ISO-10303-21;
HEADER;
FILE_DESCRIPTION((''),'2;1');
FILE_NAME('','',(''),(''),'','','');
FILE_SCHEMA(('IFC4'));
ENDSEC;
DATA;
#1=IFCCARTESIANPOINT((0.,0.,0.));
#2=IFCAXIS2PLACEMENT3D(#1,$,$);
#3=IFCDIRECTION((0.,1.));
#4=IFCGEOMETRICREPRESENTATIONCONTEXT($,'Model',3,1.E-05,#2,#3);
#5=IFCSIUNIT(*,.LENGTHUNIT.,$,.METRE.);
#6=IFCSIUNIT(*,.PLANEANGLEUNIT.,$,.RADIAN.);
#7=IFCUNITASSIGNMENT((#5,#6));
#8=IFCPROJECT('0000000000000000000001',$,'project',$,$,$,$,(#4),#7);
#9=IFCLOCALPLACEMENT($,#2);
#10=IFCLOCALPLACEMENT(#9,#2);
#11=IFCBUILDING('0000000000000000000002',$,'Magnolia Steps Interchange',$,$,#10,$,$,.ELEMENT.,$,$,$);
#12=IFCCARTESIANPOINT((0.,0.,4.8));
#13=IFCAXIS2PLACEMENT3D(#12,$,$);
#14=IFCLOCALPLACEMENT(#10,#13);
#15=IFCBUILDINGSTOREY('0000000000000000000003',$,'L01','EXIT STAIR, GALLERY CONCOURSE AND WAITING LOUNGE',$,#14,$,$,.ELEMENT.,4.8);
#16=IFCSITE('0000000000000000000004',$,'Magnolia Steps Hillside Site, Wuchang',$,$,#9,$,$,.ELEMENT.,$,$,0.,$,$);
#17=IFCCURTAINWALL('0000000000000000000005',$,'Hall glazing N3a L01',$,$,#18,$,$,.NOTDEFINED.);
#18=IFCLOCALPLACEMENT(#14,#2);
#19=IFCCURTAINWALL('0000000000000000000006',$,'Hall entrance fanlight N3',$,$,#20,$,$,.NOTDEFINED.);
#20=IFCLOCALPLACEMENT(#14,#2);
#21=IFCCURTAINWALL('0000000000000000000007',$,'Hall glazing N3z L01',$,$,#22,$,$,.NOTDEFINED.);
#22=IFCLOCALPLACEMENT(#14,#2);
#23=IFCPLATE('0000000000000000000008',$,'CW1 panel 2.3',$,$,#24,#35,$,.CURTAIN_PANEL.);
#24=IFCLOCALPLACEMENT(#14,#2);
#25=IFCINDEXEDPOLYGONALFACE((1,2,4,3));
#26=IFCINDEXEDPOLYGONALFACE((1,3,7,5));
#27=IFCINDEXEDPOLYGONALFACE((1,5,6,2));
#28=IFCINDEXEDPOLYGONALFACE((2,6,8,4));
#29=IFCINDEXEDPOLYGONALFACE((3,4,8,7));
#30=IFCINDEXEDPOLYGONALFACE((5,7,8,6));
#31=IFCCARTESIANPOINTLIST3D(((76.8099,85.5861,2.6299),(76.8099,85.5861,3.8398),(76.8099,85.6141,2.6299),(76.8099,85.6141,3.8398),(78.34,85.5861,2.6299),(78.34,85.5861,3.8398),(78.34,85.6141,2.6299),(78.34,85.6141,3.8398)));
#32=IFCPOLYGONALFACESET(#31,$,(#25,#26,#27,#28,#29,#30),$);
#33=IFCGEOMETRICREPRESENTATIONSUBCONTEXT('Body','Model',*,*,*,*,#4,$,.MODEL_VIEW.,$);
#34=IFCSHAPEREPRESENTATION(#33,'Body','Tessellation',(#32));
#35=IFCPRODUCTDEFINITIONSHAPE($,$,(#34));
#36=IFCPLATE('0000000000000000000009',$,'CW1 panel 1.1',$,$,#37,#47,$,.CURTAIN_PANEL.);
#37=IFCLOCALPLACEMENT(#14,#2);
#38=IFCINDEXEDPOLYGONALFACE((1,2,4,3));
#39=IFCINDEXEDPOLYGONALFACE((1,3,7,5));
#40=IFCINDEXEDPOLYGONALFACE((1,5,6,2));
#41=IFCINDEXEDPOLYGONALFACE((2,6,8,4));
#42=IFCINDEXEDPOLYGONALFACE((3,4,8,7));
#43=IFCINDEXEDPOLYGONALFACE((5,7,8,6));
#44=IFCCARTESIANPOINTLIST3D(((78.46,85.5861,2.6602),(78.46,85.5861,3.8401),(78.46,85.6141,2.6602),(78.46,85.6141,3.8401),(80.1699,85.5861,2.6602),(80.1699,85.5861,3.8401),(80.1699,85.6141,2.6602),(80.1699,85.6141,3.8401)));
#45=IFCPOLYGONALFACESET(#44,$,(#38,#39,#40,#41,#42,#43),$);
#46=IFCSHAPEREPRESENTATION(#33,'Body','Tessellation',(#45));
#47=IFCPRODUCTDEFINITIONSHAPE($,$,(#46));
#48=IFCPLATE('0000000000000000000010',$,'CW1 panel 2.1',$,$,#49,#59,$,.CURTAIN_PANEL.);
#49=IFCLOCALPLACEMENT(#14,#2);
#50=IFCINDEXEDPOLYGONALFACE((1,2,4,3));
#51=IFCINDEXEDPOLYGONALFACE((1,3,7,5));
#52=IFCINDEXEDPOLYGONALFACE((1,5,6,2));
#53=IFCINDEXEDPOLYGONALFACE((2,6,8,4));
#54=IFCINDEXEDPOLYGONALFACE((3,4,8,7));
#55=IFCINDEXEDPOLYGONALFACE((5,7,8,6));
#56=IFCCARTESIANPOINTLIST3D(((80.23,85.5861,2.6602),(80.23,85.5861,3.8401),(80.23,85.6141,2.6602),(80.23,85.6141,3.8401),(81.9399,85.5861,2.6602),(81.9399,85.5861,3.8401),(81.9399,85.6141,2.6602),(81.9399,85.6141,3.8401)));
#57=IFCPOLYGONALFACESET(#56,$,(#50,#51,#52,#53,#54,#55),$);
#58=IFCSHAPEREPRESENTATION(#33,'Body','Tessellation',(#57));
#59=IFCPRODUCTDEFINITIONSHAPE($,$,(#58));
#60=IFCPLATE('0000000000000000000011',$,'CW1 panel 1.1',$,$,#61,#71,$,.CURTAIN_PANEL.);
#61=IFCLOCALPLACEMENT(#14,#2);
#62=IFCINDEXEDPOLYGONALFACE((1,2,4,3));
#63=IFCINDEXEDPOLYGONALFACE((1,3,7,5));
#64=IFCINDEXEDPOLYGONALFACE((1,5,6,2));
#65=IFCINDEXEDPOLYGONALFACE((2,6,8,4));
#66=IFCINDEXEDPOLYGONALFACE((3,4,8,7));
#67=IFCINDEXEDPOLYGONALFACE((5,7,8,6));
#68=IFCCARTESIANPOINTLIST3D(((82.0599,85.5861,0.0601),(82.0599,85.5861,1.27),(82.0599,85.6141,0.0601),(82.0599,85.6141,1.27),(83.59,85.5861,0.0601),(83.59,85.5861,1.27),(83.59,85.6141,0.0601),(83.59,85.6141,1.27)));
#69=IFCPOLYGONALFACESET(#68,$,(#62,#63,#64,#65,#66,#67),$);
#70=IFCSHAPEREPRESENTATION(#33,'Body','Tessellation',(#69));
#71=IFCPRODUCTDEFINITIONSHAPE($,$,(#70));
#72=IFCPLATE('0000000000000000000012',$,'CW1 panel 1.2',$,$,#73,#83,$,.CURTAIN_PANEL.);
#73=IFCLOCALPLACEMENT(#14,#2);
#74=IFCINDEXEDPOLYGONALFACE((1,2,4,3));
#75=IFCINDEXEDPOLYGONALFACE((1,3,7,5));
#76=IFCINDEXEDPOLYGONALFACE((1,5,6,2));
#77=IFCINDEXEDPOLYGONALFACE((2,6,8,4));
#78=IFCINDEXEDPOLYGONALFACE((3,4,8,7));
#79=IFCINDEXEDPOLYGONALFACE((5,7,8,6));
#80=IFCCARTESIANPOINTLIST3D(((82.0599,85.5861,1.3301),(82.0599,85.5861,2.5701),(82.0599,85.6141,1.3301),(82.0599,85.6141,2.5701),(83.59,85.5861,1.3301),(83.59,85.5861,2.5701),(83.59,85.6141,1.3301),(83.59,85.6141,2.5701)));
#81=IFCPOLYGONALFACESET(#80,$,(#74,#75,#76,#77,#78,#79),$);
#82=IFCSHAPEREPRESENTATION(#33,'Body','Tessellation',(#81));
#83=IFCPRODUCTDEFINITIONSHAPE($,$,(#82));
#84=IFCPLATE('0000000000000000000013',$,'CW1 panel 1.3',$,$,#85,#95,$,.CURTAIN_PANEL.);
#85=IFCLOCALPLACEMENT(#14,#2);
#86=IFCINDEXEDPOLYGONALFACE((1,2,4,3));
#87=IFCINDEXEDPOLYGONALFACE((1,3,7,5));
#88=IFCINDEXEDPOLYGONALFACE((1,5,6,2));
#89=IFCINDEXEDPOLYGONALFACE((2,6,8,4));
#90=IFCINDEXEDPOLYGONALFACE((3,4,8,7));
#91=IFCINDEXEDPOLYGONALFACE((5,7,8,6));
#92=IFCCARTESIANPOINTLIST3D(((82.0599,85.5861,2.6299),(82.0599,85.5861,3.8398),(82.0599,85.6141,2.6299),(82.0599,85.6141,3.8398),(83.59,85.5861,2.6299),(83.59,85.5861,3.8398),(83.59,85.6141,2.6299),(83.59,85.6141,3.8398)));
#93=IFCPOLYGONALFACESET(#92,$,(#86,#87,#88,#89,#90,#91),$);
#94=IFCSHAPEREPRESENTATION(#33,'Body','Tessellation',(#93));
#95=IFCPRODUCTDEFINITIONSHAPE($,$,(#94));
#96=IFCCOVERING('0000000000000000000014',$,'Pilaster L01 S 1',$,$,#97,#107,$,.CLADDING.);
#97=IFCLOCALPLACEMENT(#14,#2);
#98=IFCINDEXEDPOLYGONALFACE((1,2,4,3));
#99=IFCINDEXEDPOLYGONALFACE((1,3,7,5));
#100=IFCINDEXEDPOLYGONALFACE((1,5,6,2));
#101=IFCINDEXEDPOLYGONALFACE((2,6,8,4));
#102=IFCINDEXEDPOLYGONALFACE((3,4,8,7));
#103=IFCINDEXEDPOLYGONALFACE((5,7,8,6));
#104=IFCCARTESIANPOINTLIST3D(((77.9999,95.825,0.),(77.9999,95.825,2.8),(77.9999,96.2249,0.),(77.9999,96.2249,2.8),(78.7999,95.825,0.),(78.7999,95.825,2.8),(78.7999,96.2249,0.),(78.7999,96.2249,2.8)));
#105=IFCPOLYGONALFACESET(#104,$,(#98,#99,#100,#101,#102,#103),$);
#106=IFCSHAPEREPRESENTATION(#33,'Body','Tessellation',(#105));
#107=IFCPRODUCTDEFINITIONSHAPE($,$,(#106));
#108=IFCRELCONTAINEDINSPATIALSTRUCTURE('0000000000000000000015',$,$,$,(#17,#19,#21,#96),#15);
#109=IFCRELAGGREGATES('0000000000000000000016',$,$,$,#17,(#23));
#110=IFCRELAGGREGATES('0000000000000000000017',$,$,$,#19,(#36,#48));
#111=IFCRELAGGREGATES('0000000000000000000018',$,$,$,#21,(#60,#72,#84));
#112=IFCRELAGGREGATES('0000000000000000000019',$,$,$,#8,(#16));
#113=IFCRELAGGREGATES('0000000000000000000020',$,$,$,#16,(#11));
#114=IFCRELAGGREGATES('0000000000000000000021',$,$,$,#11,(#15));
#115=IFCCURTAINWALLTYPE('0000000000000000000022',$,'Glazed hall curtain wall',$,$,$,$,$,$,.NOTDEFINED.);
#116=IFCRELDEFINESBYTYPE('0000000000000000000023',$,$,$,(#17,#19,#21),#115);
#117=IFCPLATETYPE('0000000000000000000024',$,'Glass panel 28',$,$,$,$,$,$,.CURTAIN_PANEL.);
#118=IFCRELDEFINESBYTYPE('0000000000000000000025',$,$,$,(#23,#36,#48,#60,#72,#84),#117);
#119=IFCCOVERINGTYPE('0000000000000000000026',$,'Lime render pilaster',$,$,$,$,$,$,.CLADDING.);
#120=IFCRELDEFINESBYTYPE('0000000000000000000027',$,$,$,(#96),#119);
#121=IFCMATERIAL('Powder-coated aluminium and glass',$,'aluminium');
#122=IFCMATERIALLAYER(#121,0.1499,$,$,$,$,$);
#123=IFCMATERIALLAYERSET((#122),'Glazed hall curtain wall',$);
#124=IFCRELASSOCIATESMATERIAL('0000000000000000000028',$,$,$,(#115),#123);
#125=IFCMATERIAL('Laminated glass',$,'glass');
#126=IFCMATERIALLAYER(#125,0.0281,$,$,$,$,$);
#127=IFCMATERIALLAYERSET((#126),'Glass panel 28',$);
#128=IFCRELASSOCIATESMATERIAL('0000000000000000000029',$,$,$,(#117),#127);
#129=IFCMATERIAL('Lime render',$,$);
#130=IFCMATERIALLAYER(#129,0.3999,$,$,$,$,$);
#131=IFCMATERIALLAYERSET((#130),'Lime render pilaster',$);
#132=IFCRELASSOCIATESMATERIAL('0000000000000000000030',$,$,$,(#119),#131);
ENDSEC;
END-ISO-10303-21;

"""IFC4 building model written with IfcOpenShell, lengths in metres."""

from ifc_helpers import new_model, si_unit, direction, frame, origin, origin_2d, place, context, subcontext, project, spatial, rectangle, extrude, material, layer, layer_set, type_object, element, aggregate, save


model = new_model("IFC4")

# Units and contexts
model_context = context("Model", 3, precision=1e-05, world=origin(), true_north=direction((0.0, 1.0)))
body_context = subcontext(model_context, "Body", "Model", "MODEL_VIEW")
ifc_project = project(units=[si_unit("LENGTHUNIT", "METRE"), si_unit("PLANEANGLEUNIT", "RADIAN")], contexts=[model_context])

# Site, building, storey
site_placement = place(None, origin())
site = spatial("IfcSite", under=ifc_project, at=site_placement, Name="Magnolia Steps Hillside Site, Wuchang", CompositionType="ELEMENT", RefElevation=0.0)
building_placement = place(site_placement, origin())
building = spatial("IfcBuilding", under=site, at=building_placement, Name="Magnolia Steps Interchange", CompositionType="ELEMENT")
storey_placement = place(building_placement, frame((0.0, 0.0, 4.8)))
storey = spatial("IfcBuildingStorey", under=building, at=storey_placement, Name="L01", Description="EXIT STAIR, GALLERY CONCOURSE AND WAITING LOUNGE", CompositionType="ELEMENT", Elevation=4.8)

# Curtain wall
ifc_material_1 = material(Name="Powder-coated aluminium and glass", Category="aluminium")
ifc_layer_1 = layer(ifc_material_1, 0.1499)
ifc_layer_set_1 = layer_set([ifc_layer_1], Name="Glazed hall curtain wall")
curtain_wall_type = type_object("IfcCurtainWallType", Name="Glazed hall curtain wall", PredefinedType="NOTDEFINED", material=ifc_layer_set_1)
curtain_wall_1_placement = place(storey_placement, origin())
curtain_wall_1 = element("IfcCurtainWall", 1, at=curtain_wall_1_placement, inside=storey, type_object=curtain_wall_type, Name="Hall glazing N3a L01", PredefinedType="NOTDEFINED")

# Curtain wall
curtain_wall_2_placement = place(storey_placement, origin())
curtain_wall_2 = element("IfcCurtainWall", 2, at=curtain_wall_2_placement, inside=storey, type_object=curtain_wall_type, Name="Hall entrance fanlight N3", PredefinedType="NOTDEFINED")

# Curtain wall
curtain_wall_3_placement = place(storey_placement, origin())
curtain_wall_3 = element("IfcCurtainWall", 3, at=curtain_wall_3_placement, inside=storey, type_object=curtain_wall_type, Name="Hall glazing N3z L01", PredefinedType="NOTDEFINED")

# Plates
ifc_material_2 = material(Name="Laminated glass", Category="glass")
ifc_layer_2 = layer(ifc_material_2, 0.0281)
ifc_layer_set_2 = layer_set([ifc_layer_2], Name="Glass panel 28")
plate_type = type_object("IfcPlateType", Name="Glass panel 28", PredefinedType="CURTAIN_PANEL", material=ifc_layer_set_2)
plate_1_placement = place(storey_placement, frame((77.575, 85.6001, 2.6299), z_axis=(0.0, 0.0, 1.0), x_axis=(1.0, 0.0, 0.0)))
plate_1 = element("IfcPlate", 4, at=plate_1_placement, type_object=plate_type, Name="CW1 panel 2.3", PredefinedType="CURTAIN_PANEL", context=body_context, shape_type="SweptSolid", body=[
    extrude(rectangle(XDim=1.53, YDim=0.0281, at=origin_2d()), origin(), (0.0, 0.0, 1.0), 1.21),
])
aggregate(curtain_wall_1, [plate_1])
plate_2_placement = place(storey_placement, frame((79.3149, 85.6001, 2.6602), z_axis=(0.0, 0.0, 1.0), x_axis=(1.0, 0.0, 0.0)))
plate_2 = element("IfcPlate", 5, at=plate_2_placement, type_object=plate_type, Name="CW1 panel 1.1", PredefinedType="CURTAIN_PANEL", context=body_context, shape_type="SweptSolid", body=[
    extrude(rectangle(XDim=1.71, YDim=0.0281, at=origin_2d()), origin(), (0.0, 0.0, 1.0), 1.1799),
])
plate_3_placement = place(storey_placement, frame((81.085, 85.6001, 2.6602), z_axis=(0.0, 0.0, 1.0), x_axis=(1.0, 0.0, 0.0)))
plate_3 = element("IfcPlate", 6, at=plate_3_placement, type_object=plate_type, Name="CW1 panel 2.1", PredefinedType="CURTAIN_PANEL", context=body_context, shape_type="SweptSolid", body=[
    extrude(rectangle(XDim=1.71, YDim=0.0281, at=origin_2d()), origin(), (0.0, 0.0, 1.0), 1.1799),
])
aggregate(curtain_wall_2, [plate_2, plate_3])
plate_4_placement = place(storey_placement, frame((82.825, 85.6001, 0.0601), z_axis=(0.0, 0.0, 1.0), x_axis=(1.0, 0.0, 0.0)))
plate_4 = element("IfcPlate", 7, at=plate_4_placement, type_object=plate_type, Name="CW1 panel 1.1", PredefinedType="CURTAIN_PANEL", context=body_context, shape_type="SweptSolid", body=[
    extrude(rectangle(XDim=1.53, YDim=0.0281, at=origin_2d()), origin(), (0.0, 0.0, 1.0), 1.21),
])
plate_5_placement = place(storey_placement, frame((82.825, 85.6001, 1.3301), z_axis=(0.0, 0.0, 1.0), x_axis=(1.0, 0.0, 0.0)))
plate_5 = element("IfcPlate", 8, at=plate_5_placement, type_object=plate_type, Name="CW1 panel 1.2", PredefinedType="CURTAIN_PANEL", context=body_context, shape_type="SweptSolid", body=[
    extrude(rectangle(XDim=1.53, YDim=0.0281, at=origin_2d()), origin(), (0.0, 0.0, 1.0), 1.24),
])
plate_6_placement = place(storey_placement, frame((82.825, 85.6001, 2.6299), z_axis=(0.0, 0.0, 1.0), x_axis=(1.0, 0.0, 0.0)))
plate_6 = element("IfcPlate", 9, at=plate_6_placement, type_object=plate_type, Name="CW1 panel 1.3", PredefinedType="CURTAIN_PANEL", context=body_context, shape_type="SweptSolid", body=[
    extrude(rectangle(XDim=1.53, YDim=0.0281, at=origin_2d()), origin(), (0.0, 0.0, 1.0), 1.21),
])
aggregate(curtain_wall_3, [plate_4, plate_5, plate_6])

# Covering
ifc_material_3 = material(Name="Lime render")
ifc_layer_3 = layer(ifc_material_3, 0.3999)
ifc_layer_set_3 = layer_set([ifc_layer_3], Name="Lime render pilaster")
covering_type = type_object("IfcCoveringType", Name="Lime render pilaster", PredefinedType="CLADDING", material=ifc_layer_set_3)
covering_placement = place(storey_placement, frame((78.3999, 96.0249, 0.0), z_axis=(0.0, 0.0, 1.0), x_axis=(1.0, 0.0, 0.0)))
element("IfcCovering", 10, at=covering_placement, inside=storey, type_object=covering_type, Name="Pilaster L01 S 1", PredefinedType="CLADDING", context=body_context, shape_type="SweptSolid", body=[
    extrude(rectangle(XDim=0.8, YDim=0.3999, at=origin_2d()), origin(), (0.0, 0.0, 1.0), 2.8),
])

save(model, "model.ifc")
